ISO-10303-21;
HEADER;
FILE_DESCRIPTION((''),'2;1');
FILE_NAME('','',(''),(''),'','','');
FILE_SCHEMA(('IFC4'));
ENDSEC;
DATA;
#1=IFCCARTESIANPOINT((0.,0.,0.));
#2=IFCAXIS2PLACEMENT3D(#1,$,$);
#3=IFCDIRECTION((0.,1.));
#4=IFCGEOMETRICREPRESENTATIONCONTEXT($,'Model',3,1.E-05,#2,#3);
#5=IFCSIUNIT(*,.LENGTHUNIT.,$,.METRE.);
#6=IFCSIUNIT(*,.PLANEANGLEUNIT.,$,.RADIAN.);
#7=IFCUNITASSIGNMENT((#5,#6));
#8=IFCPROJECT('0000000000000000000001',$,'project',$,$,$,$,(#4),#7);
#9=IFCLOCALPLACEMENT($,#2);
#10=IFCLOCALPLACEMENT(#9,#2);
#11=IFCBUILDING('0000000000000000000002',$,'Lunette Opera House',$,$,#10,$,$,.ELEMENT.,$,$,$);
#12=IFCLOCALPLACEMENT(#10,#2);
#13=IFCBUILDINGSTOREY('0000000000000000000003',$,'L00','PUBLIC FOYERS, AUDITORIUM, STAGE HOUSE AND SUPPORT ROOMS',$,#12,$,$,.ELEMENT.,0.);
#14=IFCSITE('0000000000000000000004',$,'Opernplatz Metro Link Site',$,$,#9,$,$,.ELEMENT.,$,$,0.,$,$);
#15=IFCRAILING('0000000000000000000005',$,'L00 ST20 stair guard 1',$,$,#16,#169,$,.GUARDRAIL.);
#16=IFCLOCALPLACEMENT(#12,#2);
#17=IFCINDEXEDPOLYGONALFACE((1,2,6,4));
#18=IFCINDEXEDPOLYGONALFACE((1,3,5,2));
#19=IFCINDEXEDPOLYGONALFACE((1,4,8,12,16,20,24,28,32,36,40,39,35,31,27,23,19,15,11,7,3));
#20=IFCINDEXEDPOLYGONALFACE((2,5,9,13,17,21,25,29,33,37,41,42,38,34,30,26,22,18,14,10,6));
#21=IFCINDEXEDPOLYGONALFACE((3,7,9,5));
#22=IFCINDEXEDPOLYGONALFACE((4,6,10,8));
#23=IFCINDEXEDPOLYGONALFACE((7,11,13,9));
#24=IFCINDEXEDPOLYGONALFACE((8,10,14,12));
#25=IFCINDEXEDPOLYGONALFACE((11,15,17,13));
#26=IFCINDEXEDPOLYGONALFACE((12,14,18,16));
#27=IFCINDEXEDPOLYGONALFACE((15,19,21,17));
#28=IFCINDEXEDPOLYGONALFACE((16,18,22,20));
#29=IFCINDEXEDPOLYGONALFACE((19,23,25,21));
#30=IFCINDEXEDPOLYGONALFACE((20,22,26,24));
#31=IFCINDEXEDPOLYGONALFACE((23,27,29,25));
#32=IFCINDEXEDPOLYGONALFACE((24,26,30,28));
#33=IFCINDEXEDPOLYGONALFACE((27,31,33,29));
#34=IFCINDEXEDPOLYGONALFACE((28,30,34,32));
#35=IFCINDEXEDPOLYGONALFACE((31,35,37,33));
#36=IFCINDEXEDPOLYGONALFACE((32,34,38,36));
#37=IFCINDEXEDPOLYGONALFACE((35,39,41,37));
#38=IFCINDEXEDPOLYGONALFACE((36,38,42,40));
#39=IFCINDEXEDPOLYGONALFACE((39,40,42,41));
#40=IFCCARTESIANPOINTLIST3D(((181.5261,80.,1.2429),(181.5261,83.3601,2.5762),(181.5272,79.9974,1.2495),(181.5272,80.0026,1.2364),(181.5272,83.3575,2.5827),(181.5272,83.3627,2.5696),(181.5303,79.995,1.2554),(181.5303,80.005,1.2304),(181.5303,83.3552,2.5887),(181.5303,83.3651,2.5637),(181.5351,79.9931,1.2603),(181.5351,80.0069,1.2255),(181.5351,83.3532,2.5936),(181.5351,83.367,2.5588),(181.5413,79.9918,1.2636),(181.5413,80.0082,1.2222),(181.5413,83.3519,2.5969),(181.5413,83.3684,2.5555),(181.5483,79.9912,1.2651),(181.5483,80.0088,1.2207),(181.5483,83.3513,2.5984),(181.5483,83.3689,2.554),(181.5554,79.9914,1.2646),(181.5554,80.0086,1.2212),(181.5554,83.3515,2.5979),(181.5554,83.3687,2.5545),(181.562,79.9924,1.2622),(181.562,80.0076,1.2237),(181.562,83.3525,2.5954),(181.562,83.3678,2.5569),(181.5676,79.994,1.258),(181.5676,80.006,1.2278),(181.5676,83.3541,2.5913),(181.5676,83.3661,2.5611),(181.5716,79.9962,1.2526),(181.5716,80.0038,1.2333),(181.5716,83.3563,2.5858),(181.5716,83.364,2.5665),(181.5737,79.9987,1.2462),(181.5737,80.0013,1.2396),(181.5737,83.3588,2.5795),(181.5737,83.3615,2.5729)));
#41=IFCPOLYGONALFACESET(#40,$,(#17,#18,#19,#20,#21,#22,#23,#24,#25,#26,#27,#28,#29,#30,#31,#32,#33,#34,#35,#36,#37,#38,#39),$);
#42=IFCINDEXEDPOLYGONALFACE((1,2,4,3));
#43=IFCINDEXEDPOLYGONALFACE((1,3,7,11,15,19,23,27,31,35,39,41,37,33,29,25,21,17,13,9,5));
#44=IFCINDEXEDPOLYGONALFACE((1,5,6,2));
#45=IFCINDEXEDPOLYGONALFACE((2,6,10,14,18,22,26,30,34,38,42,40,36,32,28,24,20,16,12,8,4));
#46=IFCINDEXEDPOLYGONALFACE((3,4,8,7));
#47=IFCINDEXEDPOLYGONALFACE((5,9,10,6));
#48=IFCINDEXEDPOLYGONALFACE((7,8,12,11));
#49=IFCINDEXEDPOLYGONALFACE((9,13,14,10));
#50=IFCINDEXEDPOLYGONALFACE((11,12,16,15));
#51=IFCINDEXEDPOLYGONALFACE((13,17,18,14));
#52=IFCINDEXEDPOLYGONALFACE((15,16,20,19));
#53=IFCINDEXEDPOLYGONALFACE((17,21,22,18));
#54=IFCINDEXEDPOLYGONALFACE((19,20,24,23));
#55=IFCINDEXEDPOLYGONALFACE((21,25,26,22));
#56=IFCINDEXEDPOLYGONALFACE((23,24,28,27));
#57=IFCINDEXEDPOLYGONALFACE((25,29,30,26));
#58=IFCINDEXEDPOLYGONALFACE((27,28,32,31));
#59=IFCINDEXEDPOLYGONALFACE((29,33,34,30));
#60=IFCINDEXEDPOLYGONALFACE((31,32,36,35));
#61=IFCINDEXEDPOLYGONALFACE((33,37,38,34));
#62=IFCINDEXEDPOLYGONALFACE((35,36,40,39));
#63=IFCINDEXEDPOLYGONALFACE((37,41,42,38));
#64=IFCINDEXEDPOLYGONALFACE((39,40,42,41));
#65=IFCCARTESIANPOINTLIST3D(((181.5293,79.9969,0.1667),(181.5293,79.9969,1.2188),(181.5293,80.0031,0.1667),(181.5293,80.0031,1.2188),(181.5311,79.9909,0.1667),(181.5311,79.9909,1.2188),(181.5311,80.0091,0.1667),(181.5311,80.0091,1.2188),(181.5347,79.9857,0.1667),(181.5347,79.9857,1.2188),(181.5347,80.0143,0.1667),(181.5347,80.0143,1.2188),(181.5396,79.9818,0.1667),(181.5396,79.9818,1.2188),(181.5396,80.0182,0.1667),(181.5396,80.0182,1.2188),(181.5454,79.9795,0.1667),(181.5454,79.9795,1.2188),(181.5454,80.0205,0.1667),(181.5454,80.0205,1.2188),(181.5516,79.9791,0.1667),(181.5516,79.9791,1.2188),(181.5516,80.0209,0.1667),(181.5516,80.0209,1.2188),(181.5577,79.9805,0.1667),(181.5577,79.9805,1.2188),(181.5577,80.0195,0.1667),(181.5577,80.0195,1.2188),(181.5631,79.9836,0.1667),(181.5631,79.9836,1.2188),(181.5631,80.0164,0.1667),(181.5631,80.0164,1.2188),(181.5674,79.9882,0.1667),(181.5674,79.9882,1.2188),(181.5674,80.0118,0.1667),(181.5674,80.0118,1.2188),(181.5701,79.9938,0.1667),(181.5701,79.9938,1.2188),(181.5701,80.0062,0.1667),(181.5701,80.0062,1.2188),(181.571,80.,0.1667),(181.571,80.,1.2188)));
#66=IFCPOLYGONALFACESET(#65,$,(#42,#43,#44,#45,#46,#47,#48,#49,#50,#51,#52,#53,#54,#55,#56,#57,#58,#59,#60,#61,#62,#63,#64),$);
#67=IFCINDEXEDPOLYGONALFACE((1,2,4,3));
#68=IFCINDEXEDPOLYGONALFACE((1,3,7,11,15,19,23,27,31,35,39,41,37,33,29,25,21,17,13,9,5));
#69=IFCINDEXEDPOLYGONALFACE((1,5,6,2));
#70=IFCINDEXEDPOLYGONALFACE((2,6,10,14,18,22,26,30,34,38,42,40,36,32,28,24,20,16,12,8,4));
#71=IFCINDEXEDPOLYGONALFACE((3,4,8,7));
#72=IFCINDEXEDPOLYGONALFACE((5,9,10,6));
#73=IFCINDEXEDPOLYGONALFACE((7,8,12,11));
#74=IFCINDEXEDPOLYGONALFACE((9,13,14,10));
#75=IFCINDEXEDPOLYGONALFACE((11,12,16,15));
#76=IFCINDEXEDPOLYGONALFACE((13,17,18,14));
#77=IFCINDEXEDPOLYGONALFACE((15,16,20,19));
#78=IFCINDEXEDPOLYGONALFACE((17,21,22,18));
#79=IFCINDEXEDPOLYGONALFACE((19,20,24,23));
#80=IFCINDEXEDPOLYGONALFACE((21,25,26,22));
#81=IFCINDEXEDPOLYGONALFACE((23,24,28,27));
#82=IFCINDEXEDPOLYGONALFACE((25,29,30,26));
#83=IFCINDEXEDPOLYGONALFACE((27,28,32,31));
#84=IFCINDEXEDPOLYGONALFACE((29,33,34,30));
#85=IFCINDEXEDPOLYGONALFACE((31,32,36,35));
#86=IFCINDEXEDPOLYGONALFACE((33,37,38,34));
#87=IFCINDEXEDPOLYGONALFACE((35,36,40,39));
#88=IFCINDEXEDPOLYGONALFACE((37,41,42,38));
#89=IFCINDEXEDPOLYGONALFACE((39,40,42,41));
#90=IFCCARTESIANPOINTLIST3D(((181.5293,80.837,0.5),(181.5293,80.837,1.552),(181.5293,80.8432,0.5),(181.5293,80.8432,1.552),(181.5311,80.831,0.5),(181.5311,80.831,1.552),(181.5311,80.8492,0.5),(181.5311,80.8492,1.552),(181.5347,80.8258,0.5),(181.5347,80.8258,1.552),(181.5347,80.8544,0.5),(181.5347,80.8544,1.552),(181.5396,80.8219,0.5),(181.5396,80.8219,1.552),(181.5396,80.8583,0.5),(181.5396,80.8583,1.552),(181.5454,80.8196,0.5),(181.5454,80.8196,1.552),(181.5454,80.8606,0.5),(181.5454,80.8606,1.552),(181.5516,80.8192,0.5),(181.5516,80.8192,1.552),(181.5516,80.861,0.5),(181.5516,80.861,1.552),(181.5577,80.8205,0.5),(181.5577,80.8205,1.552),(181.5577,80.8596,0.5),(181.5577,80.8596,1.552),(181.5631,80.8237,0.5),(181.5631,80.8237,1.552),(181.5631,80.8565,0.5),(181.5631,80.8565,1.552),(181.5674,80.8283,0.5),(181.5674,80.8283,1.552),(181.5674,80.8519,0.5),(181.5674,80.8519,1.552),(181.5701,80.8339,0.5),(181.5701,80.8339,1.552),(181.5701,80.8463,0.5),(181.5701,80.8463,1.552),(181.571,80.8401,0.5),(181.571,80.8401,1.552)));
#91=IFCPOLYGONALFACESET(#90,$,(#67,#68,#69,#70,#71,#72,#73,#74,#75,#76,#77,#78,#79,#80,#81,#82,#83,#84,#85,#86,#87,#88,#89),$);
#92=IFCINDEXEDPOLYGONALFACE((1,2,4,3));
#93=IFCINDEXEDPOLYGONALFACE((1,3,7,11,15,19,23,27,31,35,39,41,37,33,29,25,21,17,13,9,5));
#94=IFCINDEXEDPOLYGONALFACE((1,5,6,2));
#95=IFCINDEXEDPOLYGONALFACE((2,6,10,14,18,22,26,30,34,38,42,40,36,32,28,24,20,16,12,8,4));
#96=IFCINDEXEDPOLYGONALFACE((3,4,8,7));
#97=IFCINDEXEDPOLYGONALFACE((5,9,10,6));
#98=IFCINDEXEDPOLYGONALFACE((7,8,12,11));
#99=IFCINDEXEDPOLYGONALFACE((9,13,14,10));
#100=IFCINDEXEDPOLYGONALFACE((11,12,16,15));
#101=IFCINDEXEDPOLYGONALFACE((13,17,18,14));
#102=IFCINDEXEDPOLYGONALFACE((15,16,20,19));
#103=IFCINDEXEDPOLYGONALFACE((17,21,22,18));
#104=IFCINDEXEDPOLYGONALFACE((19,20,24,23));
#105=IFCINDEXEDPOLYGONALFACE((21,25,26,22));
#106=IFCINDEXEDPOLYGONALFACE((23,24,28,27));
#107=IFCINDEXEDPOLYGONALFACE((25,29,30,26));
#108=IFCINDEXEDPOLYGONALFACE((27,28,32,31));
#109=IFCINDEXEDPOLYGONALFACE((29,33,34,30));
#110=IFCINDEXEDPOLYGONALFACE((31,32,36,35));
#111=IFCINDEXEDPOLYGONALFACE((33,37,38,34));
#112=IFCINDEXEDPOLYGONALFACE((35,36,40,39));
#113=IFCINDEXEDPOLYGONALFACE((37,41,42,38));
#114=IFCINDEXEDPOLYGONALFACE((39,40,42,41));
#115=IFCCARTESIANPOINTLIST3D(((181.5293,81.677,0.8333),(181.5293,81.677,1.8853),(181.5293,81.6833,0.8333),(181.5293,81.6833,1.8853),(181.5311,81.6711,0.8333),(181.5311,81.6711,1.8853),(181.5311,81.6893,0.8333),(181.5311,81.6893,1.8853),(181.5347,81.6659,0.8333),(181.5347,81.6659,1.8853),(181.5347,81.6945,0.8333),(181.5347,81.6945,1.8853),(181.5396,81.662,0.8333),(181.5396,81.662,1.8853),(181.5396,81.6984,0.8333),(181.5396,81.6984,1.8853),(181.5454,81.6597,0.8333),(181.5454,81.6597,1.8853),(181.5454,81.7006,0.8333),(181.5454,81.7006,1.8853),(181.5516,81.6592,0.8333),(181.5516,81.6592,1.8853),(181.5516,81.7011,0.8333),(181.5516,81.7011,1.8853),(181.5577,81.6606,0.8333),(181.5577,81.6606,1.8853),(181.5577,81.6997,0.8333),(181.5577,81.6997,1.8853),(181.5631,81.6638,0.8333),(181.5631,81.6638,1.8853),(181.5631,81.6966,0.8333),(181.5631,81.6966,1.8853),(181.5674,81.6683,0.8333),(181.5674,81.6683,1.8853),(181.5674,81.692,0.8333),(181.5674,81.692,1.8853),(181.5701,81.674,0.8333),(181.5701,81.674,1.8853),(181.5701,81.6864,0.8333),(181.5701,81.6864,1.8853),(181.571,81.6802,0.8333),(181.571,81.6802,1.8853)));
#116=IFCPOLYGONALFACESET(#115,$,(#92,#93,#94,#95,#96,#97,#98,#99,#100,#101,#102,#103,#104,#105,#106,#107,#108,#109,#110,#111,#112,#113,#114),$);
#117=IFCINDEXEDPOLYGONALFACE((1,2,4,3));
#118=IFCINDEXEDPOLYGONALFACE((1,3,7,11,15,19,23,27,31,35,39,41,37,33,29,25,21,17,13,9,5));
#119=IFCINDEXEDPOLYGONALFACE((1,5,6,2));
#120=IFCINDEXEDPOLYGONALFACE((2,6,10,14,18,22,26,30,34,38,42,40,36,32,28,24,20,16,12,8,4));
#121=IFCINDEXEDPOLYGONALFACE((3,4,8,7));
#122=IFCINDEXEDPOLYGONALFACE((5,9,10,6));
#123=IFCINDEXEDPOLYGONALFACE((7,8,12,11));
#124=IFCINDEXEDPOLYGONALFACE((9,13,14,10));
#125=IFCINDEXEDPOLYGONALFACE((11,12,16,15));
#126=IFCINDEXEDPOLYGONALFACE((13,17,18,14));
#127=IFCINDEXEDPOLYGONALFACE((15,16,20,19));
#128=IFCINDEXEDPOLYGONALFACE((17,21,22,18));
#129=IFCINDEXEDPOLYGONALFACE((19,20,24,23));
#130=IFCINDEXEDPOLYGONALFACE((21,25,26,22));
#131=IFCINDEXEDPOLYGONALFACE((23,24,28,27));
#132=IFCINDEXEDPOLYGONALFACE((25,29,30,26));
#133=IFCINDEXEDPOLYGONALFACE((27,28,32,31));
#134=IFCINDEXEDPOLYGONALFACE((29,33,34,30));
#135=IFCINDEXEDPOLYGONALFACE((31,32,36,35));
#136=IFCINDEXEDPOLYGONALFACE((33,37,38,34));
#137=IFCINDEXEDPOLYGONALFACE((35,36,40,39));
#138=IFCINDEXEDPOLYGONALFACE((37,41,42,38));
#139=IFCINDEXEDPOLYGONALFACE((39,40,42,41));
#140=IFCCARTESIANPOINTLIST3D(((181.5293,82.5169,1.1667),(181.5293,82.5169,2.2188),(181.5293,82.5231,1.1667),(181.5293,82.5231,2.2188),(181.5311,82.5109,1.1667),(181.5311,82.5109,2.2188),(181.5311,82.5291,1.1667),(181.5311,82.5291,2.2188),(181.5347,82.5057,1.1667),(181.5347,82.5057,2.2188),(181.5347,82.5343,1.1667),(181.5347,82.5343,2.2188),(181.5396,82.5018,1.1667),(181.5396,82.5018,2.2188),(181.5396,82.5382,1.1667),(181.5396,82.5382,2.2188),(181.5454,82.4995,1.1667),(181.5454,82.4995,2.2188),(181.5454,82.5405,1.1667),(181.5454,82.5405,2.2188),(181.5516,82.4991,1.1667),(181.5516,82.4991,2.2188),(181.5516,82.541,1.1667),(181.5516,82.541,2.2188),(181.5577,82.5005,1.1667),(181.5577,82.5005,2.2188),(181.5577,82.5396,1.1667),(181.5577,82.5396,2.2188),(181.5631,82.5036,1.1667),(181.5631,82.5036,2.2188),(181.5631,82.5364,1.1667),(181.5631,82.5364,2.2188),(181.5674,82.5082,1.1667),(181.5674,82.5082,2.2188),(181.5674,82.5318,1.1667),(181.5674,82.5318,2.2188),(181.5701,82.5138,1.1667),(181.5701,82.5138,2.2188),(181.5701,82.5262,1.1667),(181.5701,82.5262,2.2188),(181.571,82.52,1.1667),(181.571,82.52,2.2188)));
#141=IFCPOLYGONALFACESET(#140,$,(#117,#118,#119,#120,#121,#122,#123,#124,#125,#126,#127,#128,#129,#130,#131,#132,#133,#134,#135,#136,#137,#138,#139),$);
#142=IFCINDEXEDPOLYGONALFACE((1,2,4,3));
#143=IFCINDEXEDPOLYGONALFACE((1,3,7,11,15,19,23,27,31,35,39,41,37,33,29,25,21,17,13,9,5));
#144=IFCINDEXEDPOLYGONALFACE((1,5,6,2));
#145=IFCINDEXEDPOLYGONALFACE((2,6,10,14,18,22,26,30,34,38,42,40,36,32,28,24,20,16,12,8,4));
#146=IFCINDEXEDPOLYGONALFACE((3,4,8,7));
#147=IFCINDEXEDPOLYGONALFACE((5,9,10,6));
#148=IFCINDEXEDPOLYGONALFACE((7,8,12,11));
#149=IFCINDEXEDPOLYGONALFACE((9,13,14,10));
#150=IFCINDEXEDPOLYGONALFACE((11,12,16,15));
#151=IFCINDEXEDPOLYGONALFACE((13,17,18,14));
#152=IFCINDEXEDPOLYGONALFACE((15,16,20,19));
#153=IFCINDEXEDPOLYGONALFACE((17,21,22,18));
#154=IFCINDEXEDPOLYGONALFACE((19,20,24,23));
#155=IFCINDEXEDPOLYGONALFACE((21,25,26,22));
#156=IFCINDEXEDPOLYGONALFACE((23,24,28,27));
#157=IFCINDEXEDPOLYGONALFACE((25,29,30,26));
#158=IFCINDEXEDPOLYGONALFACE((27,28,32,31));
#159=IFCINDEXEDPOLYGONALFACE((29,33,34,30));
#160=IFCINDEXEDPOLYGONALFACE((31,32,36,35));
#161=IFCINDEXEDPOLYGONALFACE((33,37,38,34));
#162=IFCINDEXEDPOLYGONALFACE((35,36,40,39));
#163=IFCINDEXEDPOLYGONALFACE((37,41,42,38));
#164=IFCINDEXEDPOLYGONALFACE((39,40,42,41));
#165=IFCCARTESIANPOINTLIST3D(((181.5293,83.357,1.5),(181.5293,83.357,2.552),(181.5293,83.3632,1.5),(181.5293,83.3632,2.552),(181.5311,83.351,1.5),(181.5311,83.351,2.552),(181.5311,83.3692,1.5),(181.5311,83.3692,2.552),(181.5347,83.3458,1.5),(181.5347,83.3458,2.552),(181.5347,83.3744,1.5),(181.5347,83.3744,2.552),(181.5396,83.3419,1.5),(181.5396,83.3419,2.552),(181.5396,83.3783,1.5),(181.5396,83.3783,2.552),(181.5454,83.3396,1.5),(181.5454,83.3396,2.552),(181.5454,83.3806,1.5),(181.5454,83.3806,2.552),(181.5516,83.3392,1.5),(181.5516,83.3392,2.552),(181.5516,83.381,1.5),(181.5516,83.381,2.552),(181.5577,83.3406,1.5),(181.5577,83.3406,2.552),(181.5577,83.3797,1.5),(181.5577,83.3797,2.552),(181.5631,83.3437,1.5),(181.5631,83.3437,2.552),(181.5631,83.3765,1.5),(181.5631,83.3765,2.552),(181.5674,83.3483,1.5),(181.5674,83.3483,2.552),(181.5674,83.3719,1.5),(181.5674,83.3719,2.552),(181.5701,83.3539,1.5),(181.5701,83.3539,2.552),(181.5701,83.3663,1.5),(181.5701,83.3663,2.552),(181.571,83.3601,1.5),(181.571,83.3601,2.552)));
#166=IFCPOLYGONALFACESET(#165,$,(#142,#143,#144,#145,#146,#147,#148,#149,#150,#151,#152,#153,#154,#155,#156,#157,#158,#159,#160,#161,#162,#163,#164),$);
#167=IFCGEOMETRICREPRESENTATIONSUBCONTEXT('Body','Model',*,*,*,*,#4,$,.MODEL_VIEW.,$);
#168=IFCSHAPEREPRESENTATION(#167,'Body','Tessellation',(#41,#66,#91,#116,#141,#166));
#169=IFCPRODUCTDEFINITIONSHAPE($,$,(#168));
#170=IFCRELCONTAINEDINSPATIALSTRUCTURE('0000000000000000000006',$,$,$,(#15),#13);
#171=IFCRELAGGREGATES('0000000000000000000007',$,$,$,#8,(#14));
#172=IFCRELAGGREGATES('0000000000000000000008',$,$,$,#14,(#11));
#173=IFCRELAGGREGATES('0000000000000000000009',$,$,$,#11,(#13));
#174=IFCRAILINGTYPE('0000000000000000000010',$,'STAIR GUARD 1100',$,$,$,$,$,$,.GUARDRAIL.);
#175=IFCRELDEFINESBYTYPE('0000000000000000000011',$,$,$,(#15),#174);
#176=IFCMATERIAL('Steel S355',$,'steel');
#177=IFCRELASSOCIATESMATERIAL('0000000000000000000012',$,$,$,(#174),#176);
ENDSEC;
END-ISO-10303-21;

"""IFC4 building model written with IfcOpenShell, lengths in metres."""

from ifc_helpers import new_model, si_unit, direction, frame, origin, origin_2d, place, context, subcontext, project, spatial, circle, extrude, material, type_object, element, save


model = new_model("IFC4")

# Units and contexts
model_context = context("Model", 3, precision=1e-05, world=origin(), true_north=direction((0.0, 1.0)))
body_context = subcontext(model_context, "Body", "Model", "MODEL_VIEW")
ifc_project = project(units=[si_unit("LENGTHUNIT", "METRE"), si_unit("PLANEANGLEUNIT", "RADIAN")], contexts=[model_context])

# Site, building, storey
site_placement = place(None, origin())
site = spatial("IfcSite", under=ifc_project, at=site_placement, Name="Opernplatz Metro Link Site", CompositionType="ELEMENT", RefElevation=0.0)
building_placement = place(site_placement, origin())
building = spatial("IfcBuilding", under=site, at=building_placement, Name="Lunette Opera House", CompositionType="ELEMENT")
storey_placement = place(building_placement, origin())
storey = spatial("IfcBuildingStorey", under=building, at=storey_placement, Name="L00", Description="PUBLIC FOYERS, AUDITORIUM, STAGE HOUSE AND SUPPORT ROOMS", CompositionType="ELEMENT", Elevation=0.0)

# Railing
ifc_material_1 = material(Name="Steel S355", Category="steel")
railing_type_1 = type_object("IfcRailingType", Name="STAIR GUARD 1100", PredefinedType="GUARDRAIL", material=ifc_material_1)
railing_1_placement = place(storey_placement, frame((181.55, 80.0, 0.1667)))
element("IfcRailing", 1, at=railing_1_placement, inside=storey, type_object=railing_type_1, Name="L00 ST20 stair guard 1", PredefinedType="GUARDRAIL", context=body_context, shape_type="SweptSolid", body=[
    extrude(circle(Radius=0.0239, at=origin_2d()), frame((0.0, 0.0, 1.0762), z_axis=(0.0, 0.929502, 0.368816), x_axis=(-1.0, 0.0, 0.0)), (0.0, 0.0, 1.0), 3.615),
    extrude(circle(Radius=0.021, at=origin_2d()), origin(), (0.0, 0.0, 1.0), 1.052),
    extrude(circle(Radius=0.021, at=origin_2d()), frame((0.0, 0.8401, 0.3333)), (0.0, 0.0, 1.0), 1.052),
    extrude(circle(Radius=0.021, at=origin_2d()), frame((0.0, 1.6802, 0.6665)), (0.0, 0.0, 1.0), 1.052),
    extrude(circle(Radius=0.021, at=origin_2d()), frame((0.0, 2.52, 1.0)), (0.0, 0.0, 1.0), 1.052),
    extrude(circle(Radius=0.021, at=origin_2d()), frame((0.0, 3.3601, 1.3333)), (0.0, 0.0, 1.0), 1.052),
])

save(model, "model.ifc")
